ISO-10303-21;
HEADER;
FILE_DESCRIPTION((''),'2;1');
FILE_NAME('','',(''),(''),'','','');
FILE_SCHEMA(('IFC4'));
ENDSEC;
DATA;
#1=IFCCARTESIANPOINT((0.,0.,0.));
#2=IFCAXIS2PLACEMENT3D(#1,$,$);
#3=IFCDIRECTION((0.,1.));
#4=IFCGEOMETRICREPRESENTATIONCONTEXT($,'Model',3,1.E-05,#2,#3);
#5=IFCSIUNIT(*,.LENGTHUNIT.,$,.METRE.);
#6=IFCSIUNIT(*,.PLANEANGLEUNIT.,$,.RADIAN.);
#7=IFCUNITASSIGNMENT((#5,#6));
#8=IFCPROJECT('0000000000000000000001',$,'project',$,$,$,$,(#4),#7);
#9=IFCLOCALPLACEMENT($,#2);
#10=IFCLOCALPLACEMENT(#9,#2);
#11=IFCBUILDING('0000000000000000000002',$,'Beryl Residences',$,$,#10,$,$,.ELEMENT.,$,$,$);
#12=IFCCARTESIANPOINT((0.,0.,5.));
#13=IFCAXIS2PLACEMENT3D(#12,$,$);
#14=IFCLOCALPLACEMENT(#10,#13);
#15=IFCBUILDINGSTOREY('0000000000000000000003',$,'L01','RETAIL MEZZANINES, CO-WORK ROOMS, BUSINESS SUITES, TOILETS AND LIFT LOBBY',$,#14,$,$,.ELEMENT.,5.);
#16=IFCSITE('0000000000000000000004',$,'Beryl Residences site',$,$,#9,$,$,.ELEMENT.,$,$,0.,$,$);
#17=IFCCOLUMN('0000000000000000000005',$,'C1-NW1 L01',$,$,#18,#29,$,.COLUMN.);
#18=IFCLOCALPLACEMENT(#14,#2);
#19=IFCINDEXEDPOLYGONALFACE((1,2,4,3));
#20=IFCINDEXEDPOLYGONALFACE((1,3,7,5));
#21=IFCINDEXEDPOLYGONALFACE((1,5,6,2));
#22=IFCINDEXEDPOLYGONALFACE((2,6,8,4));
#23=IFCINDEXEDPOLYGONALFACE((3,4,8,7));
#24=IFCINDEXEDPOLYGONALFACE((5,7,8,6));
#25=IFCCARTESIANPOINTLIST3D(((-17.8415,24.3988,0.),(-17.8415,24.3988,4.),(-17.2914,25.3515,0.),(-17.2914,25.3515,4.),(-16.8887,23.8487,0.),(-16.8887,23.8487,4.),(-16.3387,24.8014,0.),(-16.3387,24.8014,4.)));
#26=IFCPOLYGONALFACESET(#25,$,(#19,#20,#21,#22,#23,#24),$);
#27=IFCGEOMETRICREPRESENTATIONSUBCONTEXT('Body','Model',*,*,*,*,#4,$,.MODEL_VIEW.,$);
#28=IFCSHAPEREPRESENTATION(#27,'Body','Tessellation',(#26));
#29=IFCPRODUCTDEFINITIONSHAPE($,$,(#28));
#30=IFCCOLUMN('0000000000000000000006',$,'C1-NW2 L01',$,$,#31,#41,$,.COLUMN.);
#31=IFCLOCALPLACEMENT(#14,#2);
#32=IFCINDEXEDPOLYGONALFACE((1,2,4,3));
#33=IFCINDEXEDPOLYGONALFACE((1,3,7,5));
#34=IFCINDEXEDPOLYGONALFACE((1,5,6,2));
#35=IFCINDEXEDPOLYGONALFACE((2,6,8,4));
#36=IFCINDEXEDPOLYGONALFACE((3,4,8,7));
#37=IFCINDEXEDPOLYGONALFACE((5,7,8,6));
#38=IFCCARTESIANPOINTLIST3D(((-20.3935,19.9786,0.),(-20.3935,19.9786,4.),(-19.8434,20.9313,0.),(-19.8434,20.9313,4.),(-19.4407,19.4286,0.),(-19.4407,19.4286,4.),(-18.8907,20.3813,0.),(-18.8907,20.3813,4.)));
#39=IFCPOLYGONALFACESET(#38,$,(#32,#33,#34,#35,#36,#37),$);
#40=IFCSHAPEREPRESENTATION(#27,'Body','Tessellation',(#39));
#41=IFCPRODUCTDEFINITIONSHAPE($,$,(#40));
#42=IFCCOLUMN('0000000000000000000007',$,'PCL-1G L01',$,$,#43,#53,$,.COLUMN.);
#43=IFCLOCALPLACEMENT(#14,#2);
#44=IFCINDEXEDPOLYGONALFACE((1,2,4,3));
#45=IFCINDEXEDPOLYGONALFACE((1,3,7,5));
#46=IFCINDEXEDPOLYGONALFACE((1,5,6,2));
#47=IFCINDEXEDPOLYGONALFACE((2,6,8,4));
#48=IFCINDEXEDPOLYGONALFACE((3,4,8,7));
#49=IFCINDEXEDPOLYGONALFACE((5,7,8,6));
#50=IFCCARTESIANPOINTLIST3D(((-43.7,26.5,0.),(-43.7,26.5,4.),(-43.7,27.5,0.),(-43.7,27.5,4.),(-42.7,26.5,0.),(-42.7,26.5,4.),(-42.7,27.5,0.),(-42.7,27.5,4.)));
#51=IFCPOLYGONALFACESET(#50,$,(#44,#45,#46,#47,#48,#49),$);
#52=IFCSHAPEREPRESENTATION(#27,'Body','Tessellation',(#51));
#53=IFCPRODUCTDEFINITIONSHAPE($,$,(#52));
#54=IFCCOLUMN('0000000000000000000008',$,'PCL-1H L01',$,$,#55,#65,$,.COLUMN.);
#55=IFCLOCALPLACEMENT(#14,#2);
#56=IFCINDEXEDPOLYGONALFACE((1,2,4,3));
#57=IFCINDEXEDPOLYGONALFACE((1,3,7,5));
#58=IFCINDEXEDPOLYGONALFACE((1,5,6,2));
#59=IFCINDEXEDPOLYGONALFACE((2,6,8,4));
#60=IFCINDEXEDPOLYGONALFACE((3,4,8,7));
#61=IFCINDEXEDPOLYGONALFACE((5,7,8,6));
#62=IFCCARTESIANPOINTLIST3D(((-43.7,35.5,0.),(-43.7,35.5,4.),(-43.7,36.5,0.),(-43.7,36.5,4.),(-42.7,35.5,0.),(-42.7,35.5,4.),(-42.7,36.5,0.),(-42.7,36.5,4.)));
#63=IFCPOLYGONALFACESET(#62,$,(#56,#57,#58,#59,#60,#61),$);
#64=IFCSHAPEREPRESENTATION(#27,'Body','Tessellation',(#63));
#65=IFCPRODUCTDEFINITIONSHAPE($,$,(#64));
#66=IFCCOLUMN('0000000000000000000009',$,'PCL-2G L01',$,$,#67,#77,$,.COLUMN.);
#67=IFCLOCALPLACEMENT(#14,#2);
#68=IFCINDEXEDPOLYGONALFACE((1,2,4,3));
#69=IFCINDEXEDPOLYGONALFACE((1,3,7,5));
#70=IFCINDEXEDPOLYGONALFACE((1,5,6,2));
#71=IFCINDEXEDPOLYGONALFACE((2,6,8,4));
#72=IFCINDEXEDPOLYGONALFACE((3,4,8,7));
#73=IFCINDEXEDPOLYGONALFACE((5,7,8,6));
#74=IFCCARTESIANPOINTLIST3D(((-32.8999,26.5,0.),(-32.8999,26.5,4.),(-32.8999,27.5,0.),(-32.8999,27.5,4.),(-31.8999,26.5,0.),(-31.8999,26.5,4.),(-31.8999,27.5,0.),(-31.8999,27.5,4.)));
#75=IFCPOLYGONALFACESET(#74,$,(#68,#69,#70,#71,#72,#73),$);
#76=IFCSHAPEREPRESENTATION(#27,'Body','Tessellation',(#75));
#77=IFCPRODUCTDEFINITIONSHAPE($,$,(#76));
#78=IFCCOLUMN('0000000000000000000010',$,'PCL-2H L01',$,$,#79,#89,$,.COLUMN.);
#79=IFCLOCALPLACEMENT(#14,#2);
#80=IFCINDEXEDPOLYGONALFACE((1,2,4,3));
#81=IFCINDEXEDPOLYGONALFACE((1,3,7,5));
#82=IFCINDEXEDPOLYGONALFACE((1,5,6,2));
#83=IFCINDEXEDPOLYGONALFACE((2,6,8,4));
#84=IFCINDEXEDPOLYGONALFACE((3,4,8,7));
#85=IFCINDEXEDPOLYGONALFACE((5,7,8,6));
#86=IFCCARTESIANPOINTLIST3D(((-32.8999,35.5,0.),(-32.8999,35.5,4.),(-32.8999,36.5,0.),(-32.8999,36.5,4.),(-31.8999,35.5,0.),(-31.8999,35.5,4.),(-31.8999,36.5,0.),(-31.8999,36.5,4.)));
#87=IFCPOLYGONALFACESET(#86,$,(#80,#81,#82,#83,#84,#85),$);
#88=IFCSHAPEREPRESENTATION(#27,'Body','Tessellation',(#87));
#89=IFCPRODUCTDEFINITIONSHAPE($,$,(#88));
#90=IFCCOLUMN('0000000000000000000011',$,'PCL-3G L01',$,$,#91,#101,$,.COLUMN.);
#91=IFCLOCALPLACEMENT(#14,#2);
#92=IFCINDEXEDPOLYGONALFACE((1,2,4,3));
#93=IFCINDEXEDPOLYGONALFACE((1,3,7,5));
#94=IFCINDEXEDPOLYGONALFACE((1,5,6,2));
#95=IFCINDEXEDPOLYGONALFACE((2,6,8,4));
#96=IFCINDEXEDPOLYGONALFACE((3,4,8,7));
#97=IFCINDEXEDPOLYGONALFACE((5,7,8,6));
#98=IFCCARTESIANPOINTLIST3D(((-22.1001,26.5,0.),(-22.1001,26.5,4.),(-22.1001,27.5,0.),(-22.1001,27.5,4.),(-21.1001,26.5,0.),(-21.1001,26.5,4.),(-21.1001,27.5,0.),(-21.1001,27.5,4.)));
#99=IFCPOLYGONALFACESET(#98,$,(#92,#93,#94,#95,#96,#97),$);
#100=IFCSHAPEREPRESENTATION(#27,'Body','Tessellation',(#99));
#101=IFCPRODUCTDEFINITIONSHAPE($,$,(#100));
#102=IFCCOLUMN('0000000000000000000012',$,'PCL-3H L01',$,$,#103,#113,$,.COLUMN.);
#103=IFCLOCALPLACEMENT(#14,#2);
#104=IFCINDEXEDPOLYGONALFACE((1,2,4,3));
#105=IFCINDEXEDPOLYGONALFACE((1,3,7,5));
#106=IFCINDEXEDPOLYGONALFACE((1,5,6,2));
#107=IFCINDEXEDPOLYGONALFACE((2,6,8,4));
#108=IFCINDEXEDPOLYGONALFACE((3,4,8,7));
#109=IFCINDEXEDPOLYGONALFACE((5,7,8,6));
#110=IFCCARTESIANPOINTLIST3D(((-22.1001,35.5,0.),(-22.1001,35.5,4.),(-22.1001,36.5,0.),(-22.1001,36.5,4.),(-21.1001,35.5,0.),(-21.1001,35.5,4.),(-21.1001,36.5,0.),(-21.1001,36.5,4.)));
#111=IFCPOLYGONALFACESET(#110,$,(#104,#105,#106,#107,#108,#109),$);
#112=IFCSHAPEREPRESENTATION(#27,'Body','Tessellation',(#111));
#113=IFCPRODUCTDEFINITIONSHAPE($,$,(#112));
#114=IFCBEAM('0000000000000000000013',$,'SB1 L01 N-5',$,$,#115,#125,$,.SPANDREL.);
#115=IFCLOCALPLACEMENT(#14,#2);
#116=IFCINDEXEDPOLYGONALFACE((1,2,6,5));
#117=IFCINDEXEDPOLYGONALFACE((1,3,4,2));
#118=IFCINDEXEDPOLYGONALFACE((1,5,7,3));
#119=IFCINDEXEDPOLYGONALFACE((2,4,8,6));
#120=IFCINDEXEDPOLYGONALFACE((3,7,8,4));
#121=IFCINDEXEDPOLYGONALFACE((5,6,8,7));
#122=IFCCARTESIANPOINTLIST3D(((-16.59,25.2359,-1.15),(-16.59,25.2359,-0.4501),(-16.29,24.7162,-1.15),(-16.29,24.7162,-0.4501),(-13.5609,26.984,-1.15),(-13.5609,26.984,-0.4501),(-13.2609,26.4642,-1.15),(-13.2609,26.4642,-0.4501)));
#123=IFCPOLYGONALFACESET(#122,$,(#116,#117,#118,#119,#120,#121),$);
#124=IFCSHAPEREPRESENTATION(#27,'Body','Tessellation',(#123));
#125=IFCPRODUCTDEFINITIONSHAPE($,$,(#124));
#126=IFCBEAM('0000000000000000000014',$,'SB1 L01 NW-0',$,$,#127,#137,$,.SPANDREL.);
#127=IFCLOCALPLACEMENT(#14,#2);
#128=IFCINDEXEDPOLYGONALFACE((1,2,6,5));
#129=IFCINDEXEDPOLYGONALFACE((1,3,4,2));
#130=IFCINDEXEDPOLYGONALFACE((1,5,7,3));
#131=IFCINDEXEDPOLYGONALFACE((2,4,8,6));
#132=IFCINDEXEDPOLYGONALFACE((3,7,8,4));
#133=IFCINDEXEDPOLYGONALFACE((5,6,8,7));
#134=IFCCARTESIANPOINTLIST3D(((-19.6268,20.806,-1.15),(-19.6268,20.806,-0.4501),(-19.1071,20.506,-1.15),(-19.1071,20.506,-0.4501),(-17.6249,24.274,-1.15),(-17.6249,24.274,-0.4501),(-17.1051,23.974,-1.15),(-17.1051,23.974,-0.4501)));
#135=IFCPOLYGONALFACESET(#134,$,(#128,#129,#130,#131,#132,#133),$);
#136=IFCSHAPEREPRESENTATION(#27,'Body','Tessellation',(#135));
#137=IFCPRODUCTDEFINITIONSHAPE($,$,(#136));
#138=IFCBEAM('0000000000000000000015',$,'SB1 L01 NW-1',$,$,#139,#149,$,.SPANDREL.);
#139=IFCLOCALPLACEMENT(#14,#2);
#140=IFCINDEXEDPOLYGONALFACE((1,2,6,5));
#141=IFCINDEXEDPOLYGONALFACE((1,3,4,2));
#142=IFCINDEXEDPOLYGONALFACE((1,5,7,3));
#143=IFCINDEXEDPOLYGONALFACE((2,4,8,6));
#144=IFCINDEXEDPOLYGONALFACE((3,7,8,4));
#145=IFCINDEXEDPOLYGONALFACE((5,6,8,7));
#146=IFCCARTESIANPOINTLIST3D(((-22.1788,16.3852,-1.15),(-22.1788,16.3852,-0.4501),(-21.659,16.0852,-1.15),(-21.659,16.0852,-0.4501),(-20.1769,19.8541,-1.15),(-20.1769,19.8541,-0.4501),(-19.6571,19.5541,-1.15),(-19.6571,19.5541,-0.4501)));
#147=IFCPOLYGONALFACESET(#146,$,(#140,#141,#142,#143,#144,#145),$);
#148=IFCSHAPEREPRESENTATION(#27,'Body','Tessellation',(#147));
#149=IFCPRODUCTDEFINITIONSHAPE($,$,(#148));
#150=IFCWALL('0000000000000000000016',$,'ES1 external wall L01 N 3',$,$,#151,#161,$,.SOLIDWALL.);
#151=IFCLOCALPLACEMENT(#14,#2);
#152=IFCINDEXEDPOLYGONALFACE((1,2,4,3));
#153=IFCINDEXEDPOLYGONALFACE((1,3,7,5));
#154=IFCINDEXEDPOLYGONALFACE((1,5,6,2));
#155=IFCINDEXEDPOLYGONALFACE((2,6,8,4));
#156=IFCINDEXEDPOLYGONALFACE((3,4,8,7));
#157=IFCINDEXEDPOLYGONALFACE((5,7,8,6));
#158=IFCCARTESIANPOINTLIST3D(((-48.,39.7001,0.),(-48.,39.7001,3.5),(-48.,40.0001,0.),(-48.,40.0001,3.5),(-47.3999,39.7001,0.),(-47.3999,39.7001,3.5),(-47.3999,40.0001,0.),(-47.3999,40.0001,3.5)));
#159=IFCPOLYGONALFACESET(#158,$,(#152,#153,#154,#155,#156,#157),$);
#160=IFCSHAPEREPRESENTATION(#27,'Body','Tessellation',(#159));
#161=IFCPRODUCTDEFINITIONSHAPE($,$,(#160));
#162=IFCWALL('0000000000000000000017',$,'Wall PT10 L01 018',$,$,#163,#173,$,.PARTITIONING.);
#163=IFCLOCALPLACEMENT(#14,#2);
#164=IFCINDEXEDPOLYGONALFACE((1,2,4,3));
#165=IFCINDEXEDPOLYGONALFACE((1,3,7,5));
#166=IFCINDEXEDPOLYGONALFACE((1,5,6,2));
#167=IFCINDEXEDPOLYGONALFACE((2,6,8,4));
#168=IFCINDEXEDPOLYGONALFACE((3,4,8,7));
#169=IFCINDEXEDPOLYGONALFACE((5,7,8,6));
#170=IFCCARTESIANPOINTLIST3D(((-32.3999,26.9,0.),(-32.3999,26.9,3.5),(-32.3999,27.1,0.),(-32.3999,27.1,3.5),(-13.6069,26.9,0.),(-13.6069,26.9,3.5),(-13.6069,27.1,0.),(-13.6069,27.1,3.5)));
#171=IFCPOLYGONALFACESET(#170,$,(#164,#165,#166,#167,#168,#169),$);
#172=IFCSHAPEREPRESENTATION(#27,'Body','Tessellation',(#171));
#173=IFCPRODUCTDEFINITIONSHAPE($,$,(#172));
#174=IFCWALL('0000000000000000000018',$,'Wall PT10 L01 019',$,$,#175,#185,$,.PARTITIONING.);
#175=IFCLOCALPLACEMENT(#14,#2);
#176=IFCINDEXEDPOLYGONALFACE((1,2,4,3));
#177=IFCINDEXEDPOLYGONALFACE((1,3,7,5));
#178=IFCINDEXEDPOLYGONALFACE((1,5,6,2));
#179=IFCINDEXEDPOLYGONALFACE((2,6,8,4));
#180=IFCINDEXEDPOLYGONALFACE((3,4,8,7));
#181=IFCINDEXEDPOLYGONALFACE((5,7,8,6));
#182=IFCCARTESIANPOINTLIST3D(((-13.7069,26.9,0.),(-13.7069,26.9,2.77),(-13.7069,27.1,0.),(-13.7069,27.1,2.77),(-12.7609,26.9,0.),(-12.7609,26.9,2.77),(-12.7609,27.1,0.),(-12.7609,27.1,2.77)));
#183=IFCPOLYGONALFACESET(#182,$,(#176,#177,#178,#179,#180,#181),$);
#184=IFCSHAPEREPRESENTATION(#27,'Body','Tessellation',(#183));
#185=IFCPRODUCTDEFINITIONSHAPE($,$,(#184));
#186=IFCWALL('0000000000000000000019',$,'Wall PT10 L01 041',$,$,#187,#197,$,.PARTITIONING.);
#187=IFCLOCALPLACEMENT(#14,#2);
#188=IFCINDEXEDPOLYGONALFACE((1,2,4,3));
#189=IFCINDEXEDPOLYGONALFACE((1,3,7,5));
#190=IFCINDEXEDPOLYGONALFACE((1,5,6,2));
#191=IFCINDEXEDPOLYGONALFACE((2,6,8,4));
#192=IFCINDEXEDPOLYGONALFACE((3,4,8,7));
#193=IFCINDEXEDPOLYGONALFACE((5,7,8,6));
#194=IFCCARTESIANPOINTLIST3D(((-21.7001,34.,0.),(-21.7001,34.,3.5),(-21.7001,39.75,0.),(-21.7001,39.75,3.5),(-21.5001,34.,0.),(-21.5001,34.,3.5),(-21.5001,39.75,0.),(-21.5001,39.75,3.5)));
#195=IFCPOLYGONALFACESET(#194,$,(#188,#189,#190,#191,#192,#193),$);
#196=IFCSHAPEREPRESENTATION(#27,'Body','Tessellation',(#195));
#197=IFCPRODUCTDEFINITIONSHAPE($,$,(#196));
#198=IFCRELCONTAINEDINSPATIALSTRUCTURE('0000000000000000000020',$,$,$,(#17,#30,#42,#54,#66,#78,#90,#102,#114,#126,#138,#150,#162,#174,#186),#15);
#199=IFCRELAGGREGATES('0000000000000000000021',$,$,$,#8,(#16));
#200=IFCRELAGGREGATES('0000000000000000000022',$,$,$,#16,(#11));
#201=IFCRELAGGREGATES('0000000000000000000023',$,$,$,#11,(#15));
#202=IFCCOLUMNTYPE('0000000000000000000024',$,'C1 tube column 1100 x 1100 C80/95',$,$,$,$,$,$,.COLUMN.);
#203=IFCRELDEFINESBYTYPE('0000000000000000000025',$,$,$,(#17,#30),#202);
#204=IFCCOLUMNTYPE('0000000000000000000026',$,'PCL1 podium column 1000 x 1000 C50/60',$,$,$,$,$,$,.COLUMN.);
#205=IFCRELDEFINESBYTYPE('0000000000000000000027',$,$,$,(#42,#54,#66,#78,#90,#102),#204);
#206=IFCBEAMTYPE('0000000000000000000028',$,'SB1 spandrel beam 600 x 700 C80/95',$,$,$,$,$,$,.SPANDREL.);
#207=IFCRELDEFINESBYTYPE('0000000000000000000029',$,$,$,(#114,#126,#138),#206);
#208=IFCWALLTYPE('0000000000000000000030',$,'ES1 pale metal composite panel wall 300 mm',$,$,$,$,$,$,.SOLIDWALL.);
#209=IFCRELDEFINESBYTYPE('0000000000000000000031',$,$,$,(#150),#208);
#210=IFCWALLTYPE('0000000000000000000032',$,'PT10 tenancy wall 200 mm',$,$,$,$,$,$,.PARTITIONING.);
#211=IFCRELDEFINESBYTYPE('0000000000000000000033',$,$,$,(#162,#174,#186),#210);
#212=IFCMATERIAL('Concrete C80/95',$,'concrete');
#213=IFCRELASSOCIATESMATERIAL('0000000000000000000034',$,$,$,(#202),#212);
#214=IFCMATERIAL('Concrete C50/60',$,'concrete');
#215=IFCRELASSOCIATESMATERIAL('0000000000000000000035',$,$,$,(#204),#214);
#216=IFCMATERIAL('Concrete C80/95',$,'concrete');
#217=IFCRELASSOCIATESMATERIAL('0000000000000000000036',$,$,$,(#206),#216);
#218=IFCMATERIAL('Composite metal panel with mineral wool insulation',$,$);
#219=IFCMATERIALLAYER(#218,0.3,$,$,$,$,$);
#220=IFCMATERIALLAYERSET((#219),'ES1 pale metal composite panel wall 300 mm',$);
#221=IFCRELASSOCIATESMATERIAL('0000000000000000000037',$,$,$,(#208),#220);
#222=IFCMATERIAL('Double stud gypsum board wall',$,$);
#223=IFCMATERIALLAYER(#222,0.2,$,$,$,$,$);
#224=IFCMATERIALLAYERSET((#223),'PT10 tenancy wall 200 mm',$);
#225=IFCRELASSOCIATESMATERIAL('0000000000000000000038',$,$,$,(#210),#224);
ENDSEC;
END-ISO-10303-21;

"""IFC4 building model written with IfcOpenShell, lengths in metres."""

from ifc_helpers import new_model, si_unit, direction, frame, frame_2d, origin, origin_2d, place, context, subcontext, project, spatial, rectangle, extrude, material, layer, layer_set, material_profile, profile_set, type_object, element, save


model = new_model("IFC4")

# Units and contexts
model_context = context("Model", 3, precision=1e-05, world=origin(), true_north=direction((0.0, 1.0)))
body_context = subcontext(model_context, "Body", "Model", "MODEL_VIEW")
ifc_project = project(units=[si_unit("LENGTHUNIT", "METRE"), si_unit("PLANEANGLEUNIT", "RADIAN")], contexts=[model_context])

# Site, building, storey
site_placement = place(None, origin())
site = spatial("IfcSite", under=ifc_project, at=site_placement, Name="Beryl Residences site", CompositionType="ELEMENT", RefElevation=0.0)
building_placement = place(site_placement, origin())
building = spatial("IfcBuilding", under=site, at=building_placement, Name="Beryl Residences", CompositionType="ELEMENT")
storey_placement = place(building_placement, frame((0.0, 0.0, 5.0)))
storey = spatial("IfcBuildingStorey", under=building, at=storey_placement, Name="L01", Description="RETAIL MEZZANINES, CO-WORK ROOMS, BUSINESS SUITES, TOILETS AND LIFT LOBBY", CompositionType="ELEMENT", Elevation=5.0)

# Columns
ifc_material_1 = material(Name="Concrete C80/95", Category="concrete")
ifc_material_profile_1 = material_profile(ifc_material_1, rectangle(XDim=1.1001, YDim=1.1001, at=origin_2d()))
ifc_profile_set_1 = profile_set([ifc_material_profile_1], Name="Concrete C80/95")
column_type_1 = type_object("IfcColumnType", Name="C1 tube column 1100 x 1100 C80/95", PredefinedType="COLUMN", material=ifc_profile_set_1)
for number, where, z_axis, x_axis, name in (
    (1, (-17.0901, 24.6001, 0.0), (0.0, 0.0, 1.0), (-0.499985, -0.866034, 0.0), "C1-NW1 L01"),
    (2, (-19.6421, 20.1799, 0.0), (0.0, 0.0, 1.0), (-0.499985, -0.866034, 0.0), "C1-NW2 L01"),
):
    element("IfcColumn", number, at=place(storey_placement, frame(where, z_axis=z_axis, x_axis=x_axis)), inside=storey, type_object=column_type_1, Name=name, PredefinedType="COLUMN", context=body_context, shape_type="SweptSolid", body=[
        extrude(rectangle(XDim=1.1001, YDim=1.1001, at=origin_2d()), origin(), (0.0, 0.0, 1.0), 4.0),
    ])
ifc_material_2 = material(Name="Concrete C50/60", Category="concrete")
ifc_material_profile_2 = material_profile(ifc_material_2, rectangle(XDim=1.0, YDim=1.0, at=origin_2d()))
ifc_profile_set_2 = profile_set([ifc_material_profile_2], Name="Concrete C50/60")
column_type_2 = type_object("IfcColumnType", Name="PCL1 podium column 1000 x 1000 C50/60", PredefinedType="COLUMN", material=ifc_profile_set_2)
for number, where, z_axis, x_axis, name in (
    (3, (-43.2, 27.0, 0.0), (0.0, 0.0, 1.0), (1.0, 0.0, 0.0), "PCL-1G L01"),
    (4, (-43.2, 36.0, 0.0), (0.0, 0.0, 1.0), (1.0, 0.0, 0.0), "PCL-1H L01"),
    (5, (-32.3999, 27.0, 0.0), (0.0, 0.0, 1.0), (1.0, 0.0, 0.0), "PCL-2G L01"),
    (6, (-32.3999, 36.0, 0.0), (0.0, 0.0, 1.0), (1.0, 0.0, 0.0), "PCL-2H L01"),
    (7, (-21.6001, 27.0, 0.0), (0.0, 0.0, 1.0), (1.0, 0.0, 0.0), "PCL-3G L01"),
    (8, (-21.6001, 36.0, 0.0), (0.0, 0.0, 1.0), (1.0, 0.0, 0.0), "PCL-3H L01"),
):
    element("IfcColumn", number, at=place(storey_placement, frame(where, z_axis=z_axis, x_axis=x_axis)), inside=storey, type_object=column_type_2, Name=name, PredefinedType="COLUMN", context=body_context, shape_type="SweptSolid", body=[
        extrude(rectangle(XDim=1.0, YDim=1.0, at=origin_2d()), origin(), (0.0, 0.0, 1.0), 4.0),
    ])

# Beams
ifc_material_3 = material(Name="Concrete C80/95", Category="concrete")
ifc_material_profile_3 = material_profile(ifc_material_3, rectangle(XDim=0.6001, YDim=0.7, at=origin_2d()))
ifc_profile_set_3 = profile_set([ifc_material_profile_3], Name="Concrete C80/95")
beam_type = type_object("IfcBeamType", Name="SB1 spandrel beam 600 x 700 C80/95", PredefinedType="SPANDREL", material=ifc_profile_set_3)
beam_1_placement = place(storey_placement, frame((-13.4109, 26.7241, -0.8), z_axis=(-0.866122, -0.499833, 0.0), x_axis=(0.499833, -0.866122, 0.0)))
element("IfcBeam", 9, at=beam_1_placement, inside=storey, type_object=beam_type, Name="SB1 L01 N-5", PredefinedType="SPANDREL", context=body_context, shape_type="SweptSolid", body=[
    extrude(rectangle(XDim=0.6001, YDim=0.7, at=origin_2d()), origin(), (0.0, 0.0, 1.0), 3.4973),
])
beam_2_placement = place(storey_placement, frame((-17.365, 24.124, -0.8), z_axis=(-0.499942, -0.866059, 0.0), x_axis=(0.866059, -0.499942, 0.0)))
element("IfcBeam", 10, at=beam_2_placement, inside=storey, type_object=beam_type, Name="SB1 L01 NW-0", PredefinedType="SPANDREL", context=body_context, shape_type="SweptSolid", body=[
    extrude(rectangle(XDim=0.6001, YDim=0.7, at=origin_2d()), origin(), (0.0, 0.0, 1.0), 4.0044),
])
beam_3_placement = place(storey_placement, frame((-19.917, 19.7041, -0.8), z_axis=(-0.499837, -0.86612, 0.0), x_axis=(0.86612, -0.499837, 0.0)))
element("IfcBeam", 11, at=beam_3_placement, inside=storey, type_object=beam_type, Name="SB1 L01 NW-1", PredefinedType="SPANDREL", context=body_context, shape_type="SweptSolid", body=[
    extrude(rectangle(XDim=0.6001, YDim=0.7, at=origin_2d()), origin(), (0.0, 0.0, 1.0), 4.0051),
])

# Walls
ifc_material_4 = material(Name="Composite metal panel with mineral wool insulation")
ifc_layer_1 = layer(ifc_material_4, 0.3)
ifc_layer_set_1 = layer_set([ifc_layer_1], Name="ES1 pale metal composite panel wall 300 mm")
wall_type_1 = type_object("IfcWallType", Name="ES1 pale metal composite panel wall 300 mm", PredefinedType="SOLIDWALL", material=ifc_layer_set_1)
wall_1_placement = place(storey_placement, frame((-47.3999, 39.8501, 0.0), z_axis=(0.0, 0.0, 1.0), x_axis=(-1.0, 0.0, 0.0)))
element("IfcWall", 12, at=wall_1_placement, inside=storey, type_object=wall_type_1, Name="ES1 external wall L01 N 3", PredefinedType="SOLIDWALL", context=body_context, shape_type="SweptSolid", body=[
    extrude(rectangle(XDim=0.6001, YDim=0.3, at=frame_2d((0.3, 0.0))), origin(), (0.0, 0.0, 1.0), 3.5),
])
ifc_material_5 = material(Name="Double stud gypsum board wall")
ifc_layer_2 = layer(ifc_material_5, 0.2)
ifc_layer_set_2 = layer_set([ifc_layer_2], Name="PT10 tenancy wall 200 mm")
wall_type_2 = type_object("IfcWallType", Name="PT10 tenancy wall 200 mm", PredefinedType="PARTITIONING", material=ifc_layer_set_2)
wall_2_placement = place(storey_placement, frame((-32.3999, 27.0, 0.0), z_axis=(0.0, 0.0, 1.0), x_axis=(1.0, 0.0, 0.0)))
element("IfcWall", 13, at=wall_2_placement, inside=storey, type_object=wall_type_2, Name="Wall PT10 L01 018", PredefinedType="PARTITIONING", context=body_context, shape_type="SweptSolid", body=[
    extrude(rectangle(XDim=18.793, YDim=0.2, at=frame_2d((9.3965, 0.0))), origin(), (0.0, 0.0, 1.0), 3.5),
])
wall_3_placement = place(storey_placement, frame((-13.707, 27.0, 0.0), z_axis=(0.0, 0.0, 1.0), x_axis=(1.0, 0.0, 0.0)))
element("IfcWall", 14, at=wall_3_placement, inside=storey, type_object=wall_type_2, Name="Wall PT10 L01 019", PredefinedType="PARTITIONING", context=body_context, shape_type="SweptSolid", body=[
    extrude(rectangle(XDim=0.946, YDim=0.2, at=frame_2d((0.4731, 0.0))), origin(), (0.0, 0.0, 1.0), 2.77),
])
wall_4_placement = place(storey_placement, frame((-21.6001, 34.0, 0.0), z_axis=(0.0, 0.0, 1.0), x_axis=(0.0, 1.0, 0.0)))
element("IfcWall", 15, at=wall_4_placement, inside=storey, type_object=wall_type_2, Name="Wall PT10 L01 041", PredefinedType="PARTITIONING", context=body_context, shape_type="SweptSolid", body=[
    extrude(rectangle(XDim=5.75, YDim=0.2, at=frame_2d((2.875, 0.0))), origin(), (0.0, 0.0, 1.0), 3.5),
])

save(model, "model.ifc")
